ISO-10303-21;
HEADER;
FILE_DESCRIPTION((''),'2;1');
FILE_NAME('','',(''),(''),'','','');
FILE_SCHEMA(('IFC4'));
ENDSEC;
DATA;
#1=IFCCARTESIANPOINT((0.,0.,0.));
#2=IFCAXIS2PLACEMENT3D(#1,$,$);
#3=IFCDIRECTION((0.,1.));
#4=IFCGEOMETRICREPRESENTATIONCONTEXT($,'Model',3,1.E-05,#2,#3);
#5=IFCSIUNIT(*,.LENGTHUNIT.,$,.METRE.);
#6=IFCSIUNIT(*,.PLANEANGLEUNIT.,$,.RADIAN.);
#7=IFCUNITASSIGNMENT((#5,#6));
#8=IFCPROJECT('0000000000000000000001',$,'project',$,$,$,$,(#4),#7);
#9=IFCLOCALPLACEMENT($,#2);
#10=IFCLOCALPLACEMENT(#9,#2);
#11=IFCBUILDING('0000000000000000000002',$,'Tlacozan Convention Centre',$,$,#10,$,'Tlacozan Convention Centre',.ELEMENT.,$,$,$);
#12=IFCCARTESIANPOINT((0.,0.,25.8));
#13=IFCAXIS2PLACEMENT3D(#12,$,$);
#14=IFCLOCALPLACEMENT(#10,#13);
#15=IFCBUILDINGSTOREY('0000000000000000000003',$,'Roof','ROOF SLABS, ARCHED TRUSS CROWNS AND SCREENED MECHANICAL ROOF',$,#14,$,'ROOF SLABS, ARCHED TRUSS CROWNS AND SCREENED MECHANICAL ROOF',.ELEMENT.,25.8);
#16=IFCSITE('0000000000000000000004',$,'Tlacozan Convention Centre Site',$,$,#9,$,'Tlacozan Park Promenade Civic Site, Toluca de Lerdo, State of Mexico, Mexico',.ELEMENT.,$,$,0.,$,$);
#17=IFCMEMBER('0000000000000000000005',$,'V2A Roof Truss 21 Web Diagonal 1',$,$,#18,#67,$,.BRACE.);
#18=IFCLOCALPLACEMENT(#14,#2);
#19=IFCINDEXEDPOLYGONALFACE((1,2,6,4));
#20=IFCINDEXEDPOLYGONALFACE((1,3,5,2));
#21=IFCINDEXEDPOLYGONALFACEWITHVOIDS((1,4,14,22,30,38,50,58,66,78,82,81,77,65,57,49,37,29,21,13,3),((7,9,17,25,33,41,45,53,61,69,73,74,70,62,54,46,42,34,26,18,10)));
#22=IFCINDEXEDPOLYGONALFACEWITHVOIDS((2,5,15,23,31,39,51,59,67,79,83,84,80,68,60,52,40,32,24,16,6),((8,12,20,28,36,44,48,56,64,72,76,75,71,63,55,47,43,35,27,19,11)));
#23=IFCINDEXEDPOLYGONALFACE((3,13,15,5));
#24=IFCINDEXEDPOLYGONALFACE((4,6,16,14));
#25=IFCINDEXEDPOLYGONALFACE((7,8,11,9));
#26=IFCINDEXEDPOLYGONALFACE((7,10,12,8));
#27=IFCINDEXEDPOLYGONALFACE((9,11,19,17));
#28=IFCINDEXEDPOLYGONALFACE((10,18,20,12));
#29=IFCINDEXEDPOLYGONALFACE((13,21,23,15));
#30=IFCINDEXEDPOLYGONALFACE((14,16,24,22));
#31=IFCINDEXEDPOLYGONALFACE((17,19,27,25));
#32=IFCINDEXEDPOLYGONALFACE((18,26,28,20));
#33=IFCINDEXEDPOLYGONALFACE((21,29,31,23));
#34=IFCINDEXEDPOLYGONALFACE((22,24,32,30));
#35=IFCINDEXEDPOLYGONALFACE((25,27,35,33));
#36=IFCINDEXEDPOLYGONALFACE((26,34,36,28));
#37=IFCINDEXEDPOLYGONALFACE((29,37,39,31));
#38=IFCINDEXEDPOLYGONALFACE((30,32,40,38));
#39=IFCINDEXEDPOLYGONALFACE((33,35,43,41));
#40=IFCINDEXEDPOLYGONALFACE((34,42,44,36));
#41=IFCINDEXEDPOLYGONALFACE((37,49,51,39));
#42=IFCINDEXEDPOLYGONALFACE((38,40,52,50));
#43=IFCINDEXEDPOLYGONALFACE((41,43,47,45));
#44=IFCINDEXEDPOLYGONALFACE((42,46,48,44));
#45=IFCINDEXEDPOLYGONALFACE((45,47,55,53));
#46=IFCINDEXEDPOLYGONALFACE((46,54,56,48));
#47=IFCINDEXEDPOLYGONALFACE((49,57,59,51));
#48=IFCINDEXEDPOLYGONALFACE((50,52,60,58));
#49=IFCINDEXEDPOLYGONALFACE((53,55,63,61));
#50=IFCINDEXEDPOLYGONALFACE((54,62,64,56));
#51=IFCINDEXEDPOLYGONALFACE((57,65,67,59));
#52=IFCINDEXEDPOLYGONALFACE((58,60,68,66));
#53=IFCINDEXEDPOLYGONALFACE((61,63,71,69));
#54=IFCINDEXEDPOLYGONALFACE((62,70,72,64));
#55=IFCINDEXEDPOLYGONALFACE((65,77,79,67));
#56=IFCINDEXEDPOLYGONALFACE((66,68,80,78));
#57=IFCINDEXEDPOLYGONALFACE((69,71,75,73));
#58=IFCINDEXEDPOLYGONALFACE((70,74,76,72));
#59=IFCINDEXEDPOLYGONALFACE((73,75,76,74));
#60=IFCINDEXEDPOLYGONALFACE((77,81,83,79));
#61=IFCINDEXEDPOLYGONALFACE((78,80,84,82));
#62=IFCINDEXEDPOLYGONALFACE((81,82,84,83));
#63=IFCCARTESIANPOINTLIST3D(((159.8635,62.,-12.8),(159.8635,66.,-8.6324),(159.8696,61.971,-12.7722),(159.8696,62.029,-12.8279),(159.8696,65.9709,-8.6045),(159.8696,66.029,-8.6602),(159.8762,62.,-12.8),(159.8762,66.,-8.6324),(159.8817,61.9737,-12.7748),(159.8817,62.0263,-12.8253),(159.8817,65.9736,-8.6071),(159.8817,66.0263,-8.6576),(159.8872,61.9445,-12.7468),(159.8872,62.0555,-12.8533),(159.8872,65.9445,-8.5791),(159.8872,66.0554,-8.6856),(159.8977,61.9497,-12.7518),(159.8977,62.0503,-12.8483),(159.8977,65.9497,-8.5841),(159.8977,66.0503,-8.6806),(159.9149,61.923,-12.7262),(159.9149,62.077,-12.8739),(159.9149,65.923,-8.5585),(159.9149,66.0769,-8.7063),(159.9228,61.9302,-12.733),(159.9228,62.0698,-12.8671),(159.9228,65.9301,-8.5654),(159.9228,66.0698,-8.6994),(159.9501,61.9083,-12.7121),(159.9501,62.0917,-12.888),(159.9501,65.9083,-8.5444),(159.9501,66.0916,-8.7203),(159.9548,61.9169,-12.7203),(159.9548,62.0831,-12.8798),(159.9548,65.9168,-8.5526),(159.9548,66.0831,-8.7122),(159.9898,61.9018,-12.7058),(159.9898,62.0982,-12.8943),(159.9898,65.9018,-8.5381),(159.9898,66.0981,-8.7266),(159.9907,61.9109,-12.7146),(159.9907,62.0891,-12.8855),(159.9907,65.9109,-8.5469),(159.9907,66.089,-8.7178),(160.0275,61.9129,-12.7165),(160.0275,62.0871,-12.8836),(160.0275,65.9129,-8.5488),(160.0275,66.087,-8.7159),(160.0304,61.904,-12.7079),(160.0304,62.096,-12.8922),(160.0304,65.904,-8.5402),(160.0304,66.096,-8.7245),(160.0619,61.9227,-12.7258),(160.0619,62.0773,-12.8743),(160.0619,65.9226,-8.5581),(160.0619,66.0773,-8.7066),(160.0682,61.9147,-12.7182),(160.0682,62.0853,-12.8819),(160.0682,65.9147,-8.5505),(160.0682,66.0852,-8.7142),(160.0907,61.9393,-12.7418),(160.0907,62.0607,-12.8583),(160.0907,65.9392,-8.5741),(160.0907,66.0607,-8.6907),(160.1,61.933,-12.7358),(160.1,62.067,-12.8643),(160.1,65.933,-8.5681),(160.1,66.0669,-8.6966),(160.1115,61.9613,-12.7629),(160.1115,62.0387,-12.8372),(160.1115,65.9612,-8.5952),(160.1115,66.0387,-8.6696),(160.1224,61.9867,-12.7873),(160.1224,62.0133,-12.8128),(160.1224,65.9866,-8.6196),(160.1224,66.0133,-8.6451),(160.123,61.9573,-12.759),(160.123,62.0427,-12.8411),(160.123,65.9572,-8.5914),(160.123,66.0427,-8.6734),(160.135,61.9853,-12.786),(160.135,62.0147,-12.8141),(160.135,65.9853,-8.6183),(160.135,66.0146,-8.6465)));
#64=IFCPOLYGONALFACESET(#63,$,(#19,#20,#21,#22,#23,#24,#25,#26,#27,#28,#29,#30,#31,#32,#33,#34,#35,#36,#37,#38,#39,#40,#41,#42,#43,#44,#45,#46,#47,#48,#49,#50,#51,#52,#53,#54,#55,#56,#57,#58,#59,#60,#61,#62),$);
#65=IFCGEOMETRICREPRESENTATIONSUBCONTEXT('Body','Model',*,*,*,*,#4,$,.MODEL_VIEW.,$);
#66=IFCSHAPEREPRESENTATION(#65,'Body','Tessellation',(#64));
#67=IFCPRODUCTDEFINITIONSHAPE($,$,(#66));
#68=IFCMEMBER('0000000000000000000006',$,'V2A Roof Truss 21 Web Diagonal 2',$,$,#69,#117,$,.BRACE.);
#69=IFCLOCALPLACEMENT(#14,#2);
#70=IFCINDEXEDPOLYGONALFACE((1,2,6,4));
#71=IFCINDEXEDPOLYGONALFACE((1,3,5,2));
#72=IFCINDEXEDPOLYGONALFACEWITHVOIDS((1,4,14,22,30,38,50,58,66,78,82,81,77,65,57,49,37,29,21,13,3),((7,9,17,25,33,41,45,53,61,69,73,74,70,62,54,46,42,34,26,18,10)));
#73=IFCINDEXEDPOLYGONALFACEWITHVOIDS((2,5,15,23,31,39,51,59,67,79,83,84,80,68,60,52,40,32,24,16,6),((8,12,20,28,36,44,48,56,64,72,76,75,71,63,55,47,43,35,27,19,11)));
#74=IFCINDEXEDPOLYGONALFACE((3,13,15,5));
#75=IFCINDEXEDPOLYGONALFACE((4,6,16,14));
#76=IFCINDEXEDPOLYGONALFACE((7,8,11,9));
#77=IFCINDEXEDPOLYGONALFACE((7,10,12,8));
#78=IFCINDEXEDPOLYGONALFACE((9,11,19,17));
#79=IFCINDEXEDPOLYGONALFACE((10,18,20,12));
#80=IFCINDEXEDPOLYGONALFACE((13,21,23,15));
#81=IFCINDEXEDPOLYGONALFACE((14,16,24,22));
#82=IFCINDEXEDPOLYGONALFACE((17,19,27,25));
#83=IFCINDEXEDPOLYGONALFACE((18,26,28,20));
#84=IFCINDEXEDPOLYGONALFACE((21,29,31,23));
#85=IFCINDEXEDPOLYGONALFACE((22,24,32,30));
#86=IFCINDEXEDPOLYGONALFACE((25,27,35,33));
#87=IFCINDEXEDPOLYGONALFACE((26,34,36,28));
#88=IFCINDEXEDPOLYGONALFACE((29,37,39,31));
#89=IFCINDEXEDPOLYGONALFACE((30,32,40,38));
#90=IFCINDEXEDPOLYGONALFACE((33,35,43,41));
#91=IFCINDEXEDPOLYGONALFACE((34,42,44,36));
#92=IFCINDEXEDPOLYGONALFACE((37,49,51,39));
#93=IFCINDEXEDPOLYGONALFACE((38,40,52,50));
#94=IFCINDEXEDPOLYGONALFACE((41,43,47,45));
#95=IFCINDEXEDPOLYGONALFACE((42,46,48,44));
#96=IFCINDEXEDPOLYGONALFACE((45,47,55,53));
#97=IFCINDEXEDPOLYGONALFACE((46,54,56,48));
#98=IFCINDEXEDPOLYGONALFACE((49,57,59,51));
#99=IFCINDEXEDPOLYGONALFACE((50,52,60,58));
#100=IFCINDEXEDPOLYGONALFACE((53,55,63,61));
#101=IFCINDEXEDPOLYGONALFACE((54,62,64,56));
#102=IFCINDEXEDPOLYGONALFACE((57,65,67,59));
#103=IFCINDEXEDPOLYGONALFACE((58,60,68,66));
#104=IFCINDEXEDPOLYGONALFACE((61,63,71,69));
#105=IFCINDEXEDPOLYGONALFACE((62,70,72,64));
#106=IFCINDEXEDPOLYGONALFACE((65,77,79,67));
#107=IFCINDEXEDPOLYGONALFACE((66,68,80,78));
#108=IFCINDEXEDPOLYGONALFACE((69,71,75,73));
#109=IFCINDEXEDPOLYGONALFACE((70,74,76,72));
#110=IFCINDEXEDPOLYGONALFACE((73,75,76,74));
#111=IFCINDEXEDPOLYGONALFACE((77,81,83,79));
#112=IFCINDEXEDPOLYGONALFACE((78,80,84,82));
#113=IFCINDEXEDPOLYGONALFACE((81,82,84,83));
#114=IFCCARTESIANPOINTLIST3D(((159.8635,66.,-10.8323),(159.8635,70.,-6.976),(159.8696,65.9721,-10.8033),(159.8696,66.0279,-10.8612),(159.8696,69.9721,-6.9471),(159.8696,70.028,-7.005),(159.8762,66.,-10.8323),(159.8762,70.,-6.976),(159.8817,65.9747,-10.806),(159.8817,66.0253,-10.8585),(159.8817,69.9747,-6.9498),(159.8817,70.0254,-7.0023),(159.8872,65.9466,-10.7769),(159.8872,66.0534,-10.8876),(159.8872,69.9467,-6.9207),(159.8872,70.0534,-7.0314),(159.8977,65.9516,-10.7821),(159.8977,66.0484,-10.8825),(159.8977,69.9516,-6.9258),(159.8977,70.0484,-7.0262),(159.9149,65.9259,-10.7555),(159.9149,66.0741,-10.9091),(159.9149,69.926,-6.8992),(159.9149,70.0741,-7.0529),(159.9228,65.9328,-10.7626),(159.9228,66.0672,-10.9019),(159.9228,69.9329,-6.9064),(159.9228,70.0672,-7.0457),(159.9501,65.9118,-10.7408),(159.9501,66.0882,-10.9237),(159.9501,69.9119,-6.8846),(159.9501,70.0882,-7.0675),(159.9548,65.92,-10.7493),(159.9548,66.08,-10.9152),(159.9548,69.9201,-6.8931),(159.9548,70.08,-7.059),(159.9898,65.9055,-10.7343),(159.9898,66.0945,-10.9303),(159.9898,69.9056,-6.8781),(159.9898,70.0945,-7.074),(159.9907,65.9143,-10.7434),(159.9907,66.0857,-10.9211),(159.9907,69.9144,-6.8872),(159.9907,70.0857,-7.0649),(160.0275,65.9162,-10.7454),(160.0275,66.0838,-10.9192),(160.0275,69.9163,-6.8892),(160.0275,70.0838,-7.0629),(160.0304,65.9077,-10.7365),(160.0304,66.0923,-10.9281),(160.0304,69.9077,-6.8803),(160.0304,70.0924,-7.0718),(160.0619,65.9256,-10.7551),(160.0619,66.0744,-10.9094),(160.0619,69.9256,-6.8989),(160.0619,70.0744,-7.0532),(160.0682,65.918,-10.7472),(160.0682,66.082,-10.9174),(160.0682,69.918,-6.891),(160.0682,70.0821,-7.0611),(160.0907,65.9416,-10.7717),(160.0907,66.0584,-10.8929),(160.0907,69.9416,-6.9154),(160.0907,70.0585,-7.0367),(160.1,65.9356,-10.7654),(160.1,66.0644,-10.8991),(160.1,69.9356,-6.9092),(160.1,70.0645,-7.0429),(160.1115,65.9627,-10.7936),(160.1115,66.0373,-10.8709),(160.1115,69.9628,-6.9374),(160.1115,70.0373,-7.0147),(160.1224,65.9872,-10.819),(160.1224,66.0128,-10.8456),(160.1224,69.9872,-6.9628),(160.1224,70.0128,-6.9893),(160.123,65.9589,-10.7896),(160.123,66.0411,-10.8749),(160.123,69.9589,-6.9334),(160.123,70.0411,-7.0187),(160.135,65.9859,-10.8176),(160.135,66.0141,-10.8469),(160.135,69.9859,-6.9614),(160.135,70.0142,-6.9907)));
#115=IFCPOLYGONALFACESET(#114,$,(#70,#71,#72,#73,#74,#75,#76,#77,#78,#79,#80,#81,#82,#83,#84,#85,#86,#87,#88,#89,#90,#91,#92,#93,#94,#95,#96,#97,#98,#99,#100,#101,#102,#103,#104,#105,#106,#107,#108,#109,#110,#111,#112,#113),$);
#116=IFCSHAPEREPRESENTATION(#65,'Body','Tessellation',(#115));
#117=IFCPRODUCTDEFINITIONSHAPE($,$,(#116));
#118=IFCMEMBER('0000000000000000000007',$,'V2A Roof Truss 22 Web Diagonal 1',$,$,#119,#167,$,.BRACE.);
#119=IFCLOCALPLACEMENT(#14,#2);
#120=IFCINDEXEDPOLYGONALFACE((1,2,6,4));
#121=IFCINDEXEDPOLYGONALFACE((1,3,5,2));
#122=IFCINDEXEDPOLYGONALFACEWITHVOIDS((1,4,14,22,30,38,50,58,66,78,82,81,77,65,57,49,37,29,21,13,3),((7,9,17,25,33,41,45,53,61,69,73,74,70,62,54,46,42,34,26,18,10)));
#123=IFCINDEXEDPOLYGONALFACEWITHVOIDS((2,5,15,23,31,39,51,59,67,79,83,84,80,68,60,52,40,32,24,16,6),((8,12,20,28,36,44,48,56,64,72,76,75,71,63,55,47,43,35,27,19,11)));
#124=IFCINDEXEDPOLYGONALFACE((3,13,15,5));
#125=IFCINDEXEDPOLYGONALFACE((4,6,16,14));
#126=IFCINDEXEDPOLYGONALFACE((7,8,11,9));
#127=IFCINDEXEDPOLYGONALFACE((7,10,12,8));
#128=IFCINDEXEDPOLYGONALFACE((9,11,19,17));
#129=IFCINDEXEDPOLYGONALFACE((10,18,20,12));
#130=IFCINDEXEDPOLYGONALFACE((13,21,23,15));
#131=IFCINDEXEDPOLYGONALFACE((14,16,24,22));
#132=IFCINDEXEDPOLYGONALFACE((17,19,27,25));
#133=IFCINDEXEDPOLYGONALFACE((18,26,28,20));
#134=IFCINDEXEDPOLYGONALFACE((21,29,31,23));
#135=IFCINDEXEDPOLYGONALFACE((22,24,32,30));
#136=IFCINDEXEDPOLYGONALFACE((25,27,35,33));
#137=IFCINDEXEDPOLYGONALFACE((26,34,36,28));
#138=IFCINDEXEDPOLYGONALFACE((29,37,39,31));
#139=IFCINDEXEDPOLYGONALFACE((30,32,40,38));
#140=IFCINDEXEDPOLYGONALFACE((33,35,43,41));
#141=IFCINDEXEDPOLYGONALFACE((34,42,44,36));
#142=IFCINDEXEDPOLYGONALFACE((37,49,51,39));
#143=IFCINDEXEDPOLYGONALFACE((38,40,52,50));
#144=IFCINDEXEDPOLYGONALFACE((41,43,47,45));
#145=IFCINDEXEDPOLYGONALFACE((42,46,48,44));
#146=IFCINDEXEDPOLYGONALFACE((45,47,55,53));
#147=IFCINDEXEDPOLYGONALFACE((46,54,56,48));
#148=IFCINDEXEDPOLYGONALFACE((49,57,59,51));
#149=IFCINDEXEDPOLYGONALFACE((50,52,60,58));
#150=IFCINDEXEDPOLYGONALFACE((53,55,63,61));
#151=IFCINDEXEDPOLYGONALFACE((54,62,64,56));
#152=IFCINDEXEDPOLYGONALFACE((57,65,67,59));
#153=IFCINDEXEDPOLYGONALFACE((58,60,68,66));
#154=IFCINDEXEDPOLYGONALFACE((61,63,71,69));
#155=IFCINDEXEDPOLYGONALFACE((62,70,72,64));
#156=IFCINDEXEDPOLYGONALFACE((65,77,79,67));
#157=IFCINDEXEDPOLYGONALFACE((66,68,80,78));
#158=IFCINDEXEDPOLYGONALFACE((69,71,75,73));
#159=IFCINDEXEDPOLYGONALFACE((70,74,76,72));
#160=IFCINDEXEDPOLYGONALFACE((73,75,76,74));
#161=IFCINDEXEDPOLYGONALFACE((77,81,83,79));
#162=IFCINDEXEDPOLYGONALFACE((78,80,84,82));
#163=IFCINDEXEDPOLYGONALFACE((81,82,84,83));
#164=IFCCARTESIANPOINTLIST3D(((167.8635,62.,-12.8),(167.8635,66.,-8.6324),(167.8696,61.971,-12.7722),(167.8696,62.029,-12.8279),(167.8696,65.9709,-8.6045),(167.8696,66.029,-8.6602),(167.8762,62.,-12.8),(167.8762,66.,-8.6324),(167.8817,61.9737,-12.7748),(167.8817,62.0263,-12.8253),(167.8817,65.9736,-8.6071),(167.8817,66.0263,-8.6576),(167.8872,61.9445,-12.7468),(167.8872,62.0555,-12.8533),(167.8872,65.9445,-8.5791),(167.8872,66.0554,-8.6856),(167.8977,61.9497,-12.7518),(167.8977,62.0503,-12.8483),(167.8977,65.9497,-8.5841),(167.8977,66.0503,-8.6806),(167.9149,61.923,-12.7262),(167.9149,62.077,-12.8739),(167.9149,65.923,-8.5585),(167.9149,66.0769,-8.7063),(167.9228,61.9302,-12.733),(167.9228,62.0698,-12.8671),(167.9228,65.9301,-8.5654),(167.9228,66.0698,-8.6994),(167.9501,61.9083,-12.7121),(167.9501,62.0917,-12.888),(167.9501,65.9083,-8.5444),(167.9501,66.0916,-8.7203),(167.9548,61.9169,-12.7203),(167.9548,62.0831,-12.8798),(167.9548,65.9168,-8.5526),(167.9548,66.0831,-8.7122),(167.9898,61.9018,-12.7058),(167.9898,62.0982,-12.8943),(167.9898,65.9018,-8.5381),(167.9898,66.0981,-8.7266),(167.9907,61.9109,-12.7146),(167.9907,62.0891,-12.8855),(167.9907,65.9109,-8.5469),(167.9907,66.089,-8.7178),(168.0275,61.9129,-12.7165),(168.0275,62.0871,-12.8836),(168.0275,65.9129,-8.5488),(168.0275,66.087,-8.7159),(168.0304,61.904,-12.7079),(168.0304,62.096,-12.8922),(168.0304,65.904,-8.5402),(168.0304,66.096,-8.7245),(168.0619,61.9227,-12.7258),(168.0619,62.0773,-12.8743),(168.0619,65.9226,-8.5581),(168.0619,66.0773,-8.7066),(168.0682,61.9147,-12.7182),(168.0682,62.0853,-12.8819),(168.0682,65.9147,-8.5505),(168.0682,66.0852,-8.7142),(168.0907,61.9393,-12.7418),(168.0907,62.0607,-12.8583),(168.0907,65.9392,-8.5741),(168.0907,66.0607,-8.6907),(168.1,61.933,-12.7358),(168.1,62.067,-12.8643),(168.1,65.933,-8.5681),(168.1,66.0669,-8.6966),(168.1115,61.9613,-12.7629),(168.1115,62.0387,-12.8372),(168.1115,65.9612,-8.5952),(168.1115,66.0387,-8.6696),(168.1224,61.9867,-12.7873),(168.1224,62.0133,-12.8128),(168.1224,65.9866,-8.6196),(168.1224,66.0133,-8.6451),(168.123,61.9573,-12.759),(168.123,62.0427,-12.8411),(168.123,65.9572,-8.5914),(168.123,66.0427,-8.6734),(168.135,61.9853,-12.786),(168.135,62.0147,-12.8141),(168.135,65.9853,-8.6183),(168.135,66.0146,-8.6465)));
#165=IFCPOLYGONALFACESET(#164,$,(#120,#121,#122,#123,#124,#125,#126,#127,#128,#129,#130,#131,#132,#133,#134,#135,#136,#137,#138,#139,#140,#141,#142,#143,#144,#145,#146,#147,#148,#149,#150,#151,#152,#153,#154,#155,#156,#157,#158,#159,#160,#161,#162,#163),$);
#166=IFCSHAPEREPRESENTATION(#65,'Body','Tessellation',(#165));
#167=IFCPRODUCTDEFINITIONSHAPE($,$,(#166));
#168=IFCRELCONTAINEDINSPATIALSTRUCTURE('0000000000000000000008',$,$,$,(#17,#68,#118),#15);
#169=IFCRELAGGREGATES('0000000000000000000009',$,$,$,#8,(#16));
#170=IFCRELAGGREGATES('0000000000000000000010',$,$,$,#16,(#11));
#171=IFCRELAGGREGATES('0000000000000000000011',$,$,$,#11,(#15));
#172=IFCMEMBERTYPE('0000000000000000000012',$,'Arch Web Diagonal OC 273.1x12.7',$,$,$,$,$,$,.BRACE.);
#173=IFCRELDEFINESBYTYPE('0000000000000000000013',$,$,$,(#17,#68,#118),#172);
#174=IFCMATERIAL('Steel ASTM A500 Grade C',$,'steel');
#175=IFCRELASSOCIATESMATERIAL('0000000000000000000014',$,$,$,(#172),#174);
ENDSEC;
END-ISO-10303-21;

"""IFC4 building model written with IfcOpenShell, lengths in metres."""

from ifc_helpers import new_model, si_unit, direction, frame, origin, origin_2d, place, context, subcontext, project, spatial, hollow_circle, extrude, material, material_profile, profile_set, type_object, element, save


model = new_model("IFC4")

# Units and contexts
model_context = context("Model", 3, precision=1e-05, world=origin(), true_north=direction((0.0, 1.0)))
body_context = subcontext(model_context, "Body", "Model", "MODEL_VIEW")
ifc_project = project(units=[si_unit("LENGTHUNIT", "METRE"), si_unit("PLANEANGLEUNIT", "RADIAN")], contexts=[model_context])

# Site, building, storey
site_placement = place(None, origin())
site = spatial("IfcSite", under=ifc_project, at=site_placement, Name="Tlacozan Convention Centre Site", LongName="Tlacozan Park Promenade Civic Site, Toluca de Lerdo, State of Mexico, Mexico", CompositionType="ELEMENT", RefElevation=0.0)
building_placement = place(site_placement, origin())
building = spatial("IfcBuilding", under=site, at=building_placement, Name="Tlacozan Convention Centre", LongName="Tlacozan Convention Centre", CompositionType="ELEMENT")
storey_placement = place(building_placement, frame((0.0, 0.0, 25.8)))
storey = spatial("IfcBuildingStorey", under=building, at=storey_placement, Name="Roof", Description="ROOF SLABS, ARCHED TRUSS CROWNS AND SCREENED MECHANICAL ROOF", LongName="ROOF SLABS, ARCHED TRUSS CROWNS AND SCREENED MECHANICAL ROOF", CompositionType="ELEMENT", Elevation=25.8)

# Members
ifc_material_1 = material(Name="Steel ASTM A500 Grade C", Category="steel")
ifc_material_profile_1 = material_profile(ifc_material_1, hollow_circle(Radius=0.1365, WallThickness=0.0127, at=origin_2d()), Name="OC 273.1x12.7")
ifc_profile_set_1 = profile_set([ifc_material_profile_1], Name="Steel ASTM A500 Grade C")
member_type_1 = type_object("IfcMemberType", Name="Arch Web Diagonal OC 273.1x12.7", PredefinedType="BRACE", material=ifc_profile_set_1)
member_1_placement = place(storey_placement, frame((160.0, 62.0, -12.8), z_axis=(0.0, 0.69244, 0.721475), x_axis=(-1.0, 0.0, 0.0)))
element("IfcMember", 1, at=member_1_placement, inside=storey, type_object=member_type_1, Name="V2A Roof Truss 21 Web Diagonal 1", PredefinedType="BRACE", context=body_context, shape_type="SweptSolid", body=[
    extrude(hollow_circle(Radius=0.1365, WallThickness=0.0127, at=origin_2d()), origin(), (0.0, 0.0, 1.0), 5.7766),
])
member_2_placement = place(storey_placement, frame((160.0, 66.0, -10.8323), z_axis=(0.0, 0.719929, 0.694048), x_axis=(-1.0, 0.0, 0.0)))
element("IfcMember", 2, at=member_2_placement, inside=storey, type_object=member_type_1, Name="V2A Roof Truss 21 Web Diagonal 2", PredefinedType="BRACE", context=body_context, shape_type="SweptSolid", body=[
    extrude(hollow_circle(Radius=0.1365, WallThickness=0.0127, at=origin_2d()), origin(), (0.0, 0.0, 1.0), 5.5562),
])
member_3_placement = place(storey_placement, frame((168.0, 62.0, -12.8), z_axis=(0.0, 0.69244, 0.721475), x_axis=(-1.0, 0.0, 0.0)))
element("IfcMember", 3, at=member_3_placement, inside=storey, type_object=member_type_1, Name="V2A Roof Truss 22 Web Diagonal 1", PredefinedType="BRACE", context=body_context, shape_type="SweptSolid", body=[
    extrude(hollow_circle(Radius=0.1365, WallThickness=0.0127, at=origin_2d()), origin(), (0.0, 0.0, 1.0), 5.7766),
])

save(model, "model.ifc")
